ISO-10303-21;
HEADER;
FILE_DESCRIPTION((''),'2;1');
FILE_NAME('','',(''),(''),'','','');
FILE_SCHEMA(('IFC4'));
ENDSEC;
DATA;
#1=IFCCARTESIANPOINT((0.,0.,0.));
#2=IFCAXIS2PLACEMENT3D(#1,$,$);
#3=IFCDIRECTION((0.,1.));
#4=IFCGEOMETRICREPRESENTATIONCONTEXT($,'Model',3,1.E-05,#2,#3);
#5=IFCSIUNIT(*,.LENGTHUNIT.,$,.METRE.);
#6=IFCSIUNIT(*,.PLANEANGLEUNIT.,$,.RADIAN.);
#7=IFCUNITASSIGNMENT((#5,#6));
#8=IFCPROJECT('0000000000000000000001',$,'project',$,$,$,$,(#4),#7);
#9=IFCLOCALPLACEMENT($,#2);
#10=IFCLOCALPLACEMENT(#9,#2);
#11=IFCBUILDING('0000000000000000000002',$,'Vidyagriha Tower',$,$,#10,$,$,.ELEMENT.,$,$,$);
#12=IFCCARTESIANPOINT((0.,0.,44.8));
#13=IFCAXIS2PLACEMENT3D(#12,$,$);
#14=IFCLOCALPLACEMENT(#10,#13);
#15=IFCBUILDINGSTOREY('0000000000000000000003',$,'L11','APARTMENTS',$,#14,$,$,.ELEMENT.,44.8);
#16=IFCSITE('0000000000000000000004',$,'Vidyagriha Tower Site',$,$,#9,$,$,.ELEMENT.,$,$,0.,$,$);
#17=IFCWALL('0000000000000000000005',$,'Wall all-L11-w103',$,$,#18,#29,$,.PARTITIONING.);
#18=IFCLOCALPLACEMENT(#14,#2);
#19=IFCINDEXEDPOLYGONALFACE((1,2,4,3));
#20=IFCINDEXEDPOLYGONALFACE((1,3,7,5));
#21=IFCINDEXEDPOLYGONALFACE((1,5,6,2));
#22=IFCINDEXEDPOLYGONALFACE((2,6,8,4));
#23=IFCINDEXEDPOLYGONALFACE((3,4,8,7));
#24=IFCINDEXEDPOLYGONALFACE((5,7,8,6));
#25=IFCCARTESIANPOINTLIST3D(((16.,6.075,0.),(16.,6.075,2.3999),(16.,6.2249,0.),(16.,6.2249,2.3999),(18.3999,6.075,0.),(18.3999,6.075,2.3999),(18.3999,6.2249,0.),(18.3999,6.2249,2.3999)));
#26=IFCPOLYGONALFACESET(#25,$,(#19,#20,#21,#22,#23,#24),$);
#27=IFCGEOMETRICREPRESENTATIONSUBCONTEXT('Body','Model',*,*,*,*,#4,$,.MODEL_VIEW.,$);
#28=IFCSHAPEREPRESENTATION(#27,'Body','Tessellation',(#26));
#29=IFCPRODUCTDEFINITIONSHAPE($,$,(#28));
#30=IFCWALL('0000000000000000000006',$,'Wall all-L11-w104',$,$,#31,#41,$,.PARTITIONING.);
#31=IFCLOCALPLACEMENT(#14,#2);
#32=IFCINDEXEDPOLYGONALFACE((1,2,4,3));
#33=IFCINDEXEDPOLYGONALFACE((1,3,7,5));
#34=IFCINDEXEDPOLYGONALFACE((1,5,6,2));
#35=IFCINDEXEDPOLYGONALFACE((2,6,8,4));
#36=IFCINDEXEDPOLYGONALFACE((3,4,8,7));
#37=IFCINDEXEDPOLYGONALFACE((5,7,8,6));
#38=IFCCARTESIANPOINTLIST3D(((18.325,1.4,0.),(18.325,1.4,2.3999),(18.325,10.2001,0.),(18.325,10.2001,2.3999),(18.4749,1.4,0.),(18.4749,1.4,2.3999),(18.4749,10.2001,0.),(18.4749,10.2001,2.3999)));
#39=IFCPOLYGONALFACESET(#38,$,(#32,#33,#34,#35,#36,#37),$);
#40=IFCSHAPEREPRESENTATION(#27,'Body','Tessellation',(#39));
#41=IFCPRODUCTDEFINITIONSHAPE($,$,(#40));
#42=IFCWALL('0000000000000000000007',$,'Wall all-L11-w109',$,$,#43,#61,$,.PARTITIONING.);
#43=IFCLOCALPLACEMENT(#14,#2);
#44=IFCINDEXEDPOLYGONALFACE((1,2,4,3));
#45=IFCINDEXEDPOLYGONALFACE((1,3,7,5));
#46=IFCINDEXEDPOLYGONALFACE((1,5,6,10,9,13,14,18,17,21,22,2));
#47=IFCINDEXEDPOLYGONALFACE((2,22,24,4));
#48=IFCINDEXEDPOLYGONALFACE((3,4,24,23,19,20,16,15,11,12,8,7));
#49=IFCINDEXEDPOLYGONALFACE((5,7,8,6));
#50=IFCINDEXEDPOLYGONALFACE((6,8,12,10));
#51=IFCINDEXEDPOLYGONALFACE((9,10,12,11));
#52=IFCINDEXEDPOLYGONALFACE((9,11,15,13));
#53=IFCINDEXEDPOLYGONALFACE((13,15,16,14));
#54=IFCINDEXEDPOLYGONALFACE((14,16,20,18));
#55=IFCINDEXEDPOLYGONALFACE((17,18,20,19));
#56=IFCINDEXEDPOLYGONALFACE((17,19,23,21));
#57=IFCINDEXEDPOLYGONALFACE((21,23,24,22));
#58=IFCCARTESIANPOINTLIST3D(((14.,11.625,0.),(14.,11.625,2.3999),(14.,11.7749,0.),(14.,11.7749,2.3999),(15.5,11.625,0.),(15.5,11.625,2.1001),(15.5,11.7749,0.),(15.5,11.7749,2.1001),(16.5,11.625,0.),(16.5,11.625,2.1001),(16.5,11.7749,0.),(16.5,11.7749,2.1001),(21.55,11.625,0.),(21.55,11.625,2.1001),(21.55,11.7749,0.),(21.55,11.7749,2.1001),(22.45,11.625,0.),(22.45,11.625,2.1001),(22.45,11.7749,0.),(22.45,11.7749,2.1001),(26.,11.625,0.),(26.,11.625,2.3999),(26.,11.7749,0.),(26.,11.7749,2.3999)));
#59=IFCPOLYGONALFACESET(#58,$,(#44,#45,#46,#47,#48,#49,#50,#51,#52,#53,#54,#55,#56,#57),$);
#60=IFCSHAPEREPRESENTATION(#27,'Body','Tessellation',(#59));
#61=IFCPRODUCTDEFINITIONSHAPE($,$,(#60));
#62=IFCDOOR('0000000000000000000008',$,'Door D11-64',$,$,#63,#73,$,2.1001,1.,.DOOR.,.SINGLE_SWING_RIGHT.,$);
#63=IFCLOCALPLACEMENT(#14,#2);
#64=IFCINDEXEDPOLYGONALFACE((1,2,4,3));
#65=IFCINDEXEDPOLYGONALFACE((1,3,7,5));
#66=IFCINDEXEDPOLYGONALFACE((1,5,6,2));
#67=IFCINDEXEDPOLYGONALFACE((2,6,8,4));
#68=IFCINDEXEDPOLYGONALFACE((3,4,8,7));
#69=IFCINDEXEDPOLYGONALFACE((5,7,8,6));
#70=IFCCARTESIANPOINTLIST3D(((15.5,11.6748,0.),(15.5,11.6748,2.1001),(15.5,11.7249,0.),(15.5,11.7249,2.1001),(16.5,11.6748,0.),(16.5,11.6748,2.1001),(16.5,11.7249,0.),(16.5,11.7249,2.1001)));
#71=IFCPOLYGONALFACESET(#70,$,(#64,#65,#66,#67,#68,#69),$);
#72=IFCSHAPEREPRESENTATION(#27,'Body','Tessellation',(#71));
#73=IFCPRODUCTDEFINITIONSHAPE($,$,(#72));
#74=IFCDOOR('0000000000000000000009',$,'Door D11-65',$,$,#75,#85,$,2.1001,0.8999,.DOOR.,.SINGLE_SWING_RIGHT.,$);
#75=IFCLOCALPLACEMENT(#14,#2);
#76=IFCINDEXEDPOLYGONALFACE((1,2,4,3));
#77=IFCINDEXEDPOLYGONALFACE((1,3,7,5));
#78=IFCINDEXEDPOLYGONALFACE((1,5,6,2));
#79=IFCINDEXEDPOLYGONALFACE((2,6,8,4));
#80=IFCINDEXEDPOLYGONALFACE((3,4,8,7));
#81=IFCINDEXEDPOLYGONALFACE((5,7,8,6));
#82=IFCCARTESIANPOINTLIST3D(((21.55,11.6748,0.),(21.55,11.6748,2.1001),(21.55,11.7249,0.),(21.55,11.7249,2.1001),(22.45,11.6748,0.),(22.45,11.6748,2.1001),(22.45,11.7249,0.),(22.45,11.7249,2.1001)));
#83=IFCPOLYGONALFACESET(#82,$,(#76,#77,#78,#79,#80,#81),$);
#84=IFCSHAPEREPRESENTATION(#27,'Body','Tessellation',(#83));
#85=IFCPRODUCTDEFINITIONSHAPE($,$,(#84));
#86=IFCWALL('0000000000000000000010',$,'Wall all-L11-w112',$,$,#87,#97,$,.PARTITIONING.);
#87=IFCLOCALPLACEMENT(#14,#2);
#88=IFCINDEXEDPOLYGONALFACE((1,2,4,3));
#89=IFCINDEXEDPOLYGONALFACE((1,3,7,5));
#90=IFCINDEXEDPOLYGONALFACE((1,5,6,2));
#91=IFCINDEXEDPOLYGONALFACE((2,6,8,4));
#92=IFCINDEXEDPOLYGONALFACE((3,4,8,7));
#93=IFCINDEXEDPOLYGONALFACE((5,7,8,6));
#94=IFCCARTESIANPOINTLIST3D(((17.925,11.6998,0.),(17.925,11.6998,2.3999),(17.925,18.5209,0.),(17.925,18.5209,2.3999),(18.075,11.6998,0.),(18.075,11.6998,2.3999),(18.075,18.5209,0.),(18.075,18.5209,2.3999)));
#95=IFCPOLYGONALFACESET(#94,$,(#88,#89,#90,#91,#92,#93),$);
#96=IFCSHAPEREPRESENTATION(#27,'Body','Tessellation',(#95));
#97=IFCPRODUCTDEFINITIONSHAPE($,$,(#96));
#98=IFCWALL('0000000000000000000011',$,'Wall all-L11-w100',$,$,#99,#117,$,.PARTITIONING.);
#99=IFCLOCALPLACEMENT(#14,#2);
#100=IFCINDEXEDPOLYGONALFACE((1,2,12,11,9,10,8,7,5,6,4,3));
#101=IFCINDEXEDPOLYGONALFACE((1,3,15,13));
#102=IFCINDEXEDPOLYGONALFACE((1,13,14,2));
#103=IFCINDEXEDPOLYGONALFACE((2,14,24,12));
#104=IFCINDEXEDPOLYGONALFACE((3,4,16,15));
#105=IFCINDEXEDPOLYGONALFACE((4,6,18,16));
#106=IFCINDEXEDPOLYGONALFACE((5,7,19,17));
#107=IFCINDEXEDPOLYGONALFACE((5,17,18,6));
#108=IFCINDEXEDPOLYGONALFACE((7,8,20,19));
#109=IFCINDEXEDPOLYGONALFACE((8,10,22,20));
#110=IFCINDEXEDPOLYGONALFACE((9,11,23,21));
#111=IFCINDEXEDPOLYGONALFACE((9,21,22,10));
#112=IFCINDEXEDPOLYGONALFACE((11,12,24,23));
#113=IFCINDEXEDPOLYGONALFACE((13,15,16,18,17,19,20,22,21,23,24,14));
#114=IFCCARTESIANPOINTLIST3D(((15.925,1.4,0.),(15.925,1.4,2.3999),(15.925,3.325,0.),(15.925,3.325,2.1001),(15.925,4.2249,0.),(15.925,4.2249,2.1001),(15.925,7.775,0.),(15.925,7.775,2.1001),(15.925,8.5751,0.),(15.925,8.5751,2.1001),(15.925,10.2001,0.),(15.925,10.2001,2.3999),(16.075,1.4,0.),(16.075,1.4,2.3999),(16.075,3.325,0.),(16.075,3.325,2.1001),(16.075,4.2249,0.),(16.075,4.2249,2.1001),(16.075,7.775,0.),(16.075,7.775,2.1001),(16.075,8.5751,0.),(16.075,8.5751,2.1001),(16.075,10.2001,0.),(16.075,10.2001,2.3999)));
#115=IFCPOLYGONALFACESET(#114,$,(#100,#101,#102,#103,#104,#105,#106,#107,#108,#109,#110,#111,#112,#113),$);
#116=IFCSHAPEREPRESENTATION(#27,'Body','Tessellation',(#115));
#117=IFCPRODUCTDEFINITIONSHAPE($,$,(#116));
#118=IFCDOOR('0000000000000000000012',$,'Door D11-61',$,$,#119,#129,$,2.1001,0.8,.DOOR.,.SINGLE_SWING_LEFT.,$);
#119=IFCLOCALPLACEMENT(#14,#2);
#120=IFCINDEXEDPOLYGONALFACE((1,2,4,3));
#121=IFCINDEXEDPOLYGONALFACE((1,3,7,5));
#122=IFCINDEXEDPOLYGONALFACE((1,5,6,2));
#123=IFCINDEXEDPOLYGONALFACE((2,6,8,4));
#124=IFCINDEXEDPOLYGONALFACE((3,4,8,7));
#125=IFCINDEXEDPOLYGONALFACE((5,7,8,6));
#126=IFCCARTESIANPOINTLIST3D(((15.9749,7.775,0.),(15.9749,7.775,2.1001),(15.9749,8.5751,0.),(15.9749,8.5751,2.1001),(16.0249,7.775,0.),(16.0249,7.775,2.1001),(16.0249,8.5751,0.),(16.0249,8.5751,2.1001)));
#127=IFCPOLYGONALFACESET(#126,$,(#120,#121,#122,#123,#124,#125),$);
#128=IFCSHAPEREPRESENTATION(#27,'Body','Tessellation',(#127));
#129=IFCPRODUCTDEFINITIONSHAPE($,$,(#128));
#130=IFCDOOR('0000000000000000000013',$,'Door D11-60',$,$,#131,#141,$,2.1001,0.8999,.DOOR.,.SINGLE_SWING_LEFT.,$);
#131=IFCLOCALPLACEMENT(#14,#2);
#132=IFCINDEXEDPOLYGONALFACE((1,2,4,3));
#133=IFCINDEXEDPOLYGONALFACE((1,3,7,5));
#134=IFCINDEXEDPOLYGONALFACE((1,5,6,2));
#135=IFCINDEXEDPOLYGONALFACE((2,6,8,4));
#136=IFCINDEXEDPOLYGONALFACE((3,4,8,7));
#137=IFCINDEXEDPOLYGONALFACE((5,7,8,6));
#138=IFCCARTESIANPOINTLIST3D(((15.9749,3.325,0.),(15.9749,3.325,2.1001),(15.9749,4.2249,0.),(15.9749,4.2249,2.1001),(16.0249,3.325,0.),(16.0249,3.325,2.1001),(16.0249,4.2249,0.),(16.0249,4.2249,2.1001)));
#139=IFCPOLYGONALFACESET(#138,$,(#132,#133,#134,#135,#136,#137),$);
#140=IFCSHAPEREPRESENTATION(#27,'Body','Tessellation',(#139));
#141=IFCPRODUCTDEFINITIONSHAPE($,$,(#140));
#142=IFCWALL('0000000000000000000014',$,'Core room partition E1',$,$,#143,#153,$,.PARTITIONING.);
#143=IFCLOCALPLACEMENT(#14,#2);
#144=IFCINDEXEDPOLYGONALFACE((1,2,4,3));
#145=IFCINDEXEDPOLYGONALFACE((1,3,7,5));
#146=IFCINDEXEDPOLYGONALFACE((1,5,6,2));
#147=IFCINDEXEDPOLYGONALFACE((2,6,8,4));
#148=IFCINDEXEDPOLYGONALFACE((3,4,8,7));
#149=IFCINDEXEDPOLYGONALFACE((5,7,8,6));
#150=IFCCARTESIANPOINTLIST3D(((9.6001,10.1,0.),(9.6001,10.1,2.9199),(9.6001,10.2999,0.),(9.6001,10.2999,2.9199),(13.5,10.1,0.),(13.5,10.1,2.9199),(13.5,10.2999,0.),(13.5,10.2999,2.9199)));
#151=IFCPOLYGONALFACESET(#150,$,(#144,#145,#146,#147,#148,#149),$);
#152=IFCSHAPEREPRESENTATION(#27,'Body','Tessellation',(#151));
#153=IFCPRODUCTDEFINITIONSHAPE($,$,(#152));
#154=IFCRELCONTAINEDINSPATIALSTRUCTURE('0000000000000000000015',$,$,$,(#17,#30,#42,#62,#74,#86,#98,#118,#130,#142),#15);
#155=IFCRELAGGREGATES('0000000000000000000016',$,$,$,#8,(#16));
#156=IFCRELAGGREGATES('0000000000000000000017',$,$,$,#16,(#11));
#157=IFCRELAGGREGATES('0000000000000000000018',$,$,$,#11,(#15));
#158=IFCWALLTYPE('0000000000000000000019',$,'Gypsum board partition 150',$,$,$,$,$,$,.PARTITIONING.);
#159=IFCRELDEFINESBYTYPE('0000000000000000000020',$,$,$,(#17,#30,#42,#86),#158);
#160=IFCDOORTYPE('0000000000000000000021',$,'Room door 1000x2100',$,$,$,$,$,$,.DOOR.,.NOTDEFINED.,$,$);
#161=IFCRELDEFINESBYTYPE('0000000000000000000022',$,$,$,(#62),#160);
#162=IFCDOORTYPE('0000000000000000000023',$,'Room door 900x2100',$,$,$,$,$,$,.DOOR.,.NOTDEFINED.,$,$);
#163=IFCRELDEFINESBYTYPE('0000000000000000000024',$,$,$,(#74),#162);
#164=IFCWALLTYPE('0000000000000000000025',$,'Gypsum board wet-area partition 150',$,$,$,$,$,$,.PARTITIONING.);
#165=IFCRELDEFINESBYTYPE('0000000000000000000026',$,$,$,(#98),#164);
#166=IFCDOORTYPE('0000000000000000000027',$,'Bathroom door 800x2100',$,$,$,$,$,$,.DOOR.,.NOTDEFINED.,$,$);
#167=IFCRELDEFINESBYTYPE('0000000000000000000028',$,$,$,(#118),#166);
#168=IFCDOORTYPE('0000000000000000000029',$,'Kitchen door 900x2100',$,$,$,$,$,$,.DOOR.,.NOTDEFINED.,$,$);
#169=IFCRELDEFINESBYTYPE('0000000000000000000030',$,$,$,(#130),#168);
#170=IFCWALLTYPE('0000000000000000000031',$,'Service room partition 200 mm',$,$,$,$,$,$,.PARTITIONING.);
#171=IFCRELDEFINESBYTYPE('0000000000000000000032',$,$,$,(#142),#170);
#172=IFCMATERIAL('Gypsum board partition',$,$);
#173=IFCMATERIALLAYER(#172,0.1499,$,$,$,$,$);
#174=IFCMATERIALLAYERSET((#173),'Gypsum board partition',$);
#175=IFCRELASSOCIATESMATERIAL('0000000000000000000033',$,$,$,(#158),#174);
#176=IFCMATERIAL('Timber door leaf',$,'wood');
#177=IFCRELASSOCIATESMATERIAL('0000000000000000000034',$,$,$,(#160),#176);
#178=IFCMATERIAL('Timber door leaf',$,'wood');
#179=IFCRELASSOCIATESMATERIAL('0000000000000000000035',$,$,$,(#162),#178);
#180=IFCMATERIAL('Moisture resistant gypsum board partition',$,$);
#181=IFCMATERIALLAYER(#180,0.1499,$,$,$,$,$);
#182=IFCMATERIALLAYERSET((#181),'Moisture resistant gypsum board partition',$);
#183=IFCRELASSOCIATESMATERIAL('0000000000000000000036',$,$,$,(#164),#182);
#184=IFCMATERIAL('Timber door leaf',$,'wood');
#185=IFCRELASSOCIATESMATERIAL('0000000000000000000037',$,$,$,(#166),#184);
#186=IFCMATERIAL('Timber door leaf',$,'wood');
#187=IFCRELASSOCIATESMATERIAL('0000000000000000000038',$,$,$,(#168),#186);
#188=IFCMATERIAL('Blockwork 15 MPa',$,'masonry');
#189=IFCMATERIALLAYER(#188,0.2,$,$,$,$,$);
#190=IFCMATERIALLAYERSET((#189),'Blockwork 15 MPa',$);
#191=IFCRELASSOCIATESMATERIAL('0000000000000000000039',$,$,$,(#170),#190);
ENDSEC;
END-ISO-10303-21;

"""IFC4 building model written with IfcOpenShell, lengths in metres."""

from ifc_helpers import new_model, si_unit, direction, frame, frame_2d, origin, place, context, subcontext, project, spatial, rectangle, extrude, material, layer, layer_set, type_object, element, fill, save


model = new_model("IFC4")

# Units and contexts
model_context = context("Model", 3, precision=1e-05, world=origin(), true_north=direction((0.0, 1.0)))
body_context = subcontext(model_context, "Body", "Model", "MODEL_VIEW")
ifc_project = project(units=[si_unit("LENGTHUNIT", "METRE"), si_unit("PLANEANGLEUNIT", "RADIAN")], contexts=[model_context])

# Site, building, storey
site_placement = place(None, origin())
site = spatial("IfcSite", under=ifc_project, at=site_placement, Name="Vidyagriha Tower Site", CompositionType="ELEMENT", RefElevation=0.0)
building_placement = place(site_placement, origin())
building = spatial("IfcBuilding", under=site, at=building_placement, Name="Vidyagriha Tower", CompositionType="ELEMENT")
storey_placement = place(building_placement, frame((0.0, 0.0, 44.8)))
storey = spatial("IfcBuildingStorey", under=building, at=storey_placement, Name="L11", Description="APARTMENTS", CompositionType="ELEMENT", Elevation=44.8)

# Walls
ifc_material_1 = material(Name="Gypsum board partition")
ifc_layer_1 = layer(ifc_material_1, 0.1499)
ifc_layer_set_1 = layer_set([ifc_layer_1], Name="Gypsum board partition")
wall_type_1 = type_object("IfcWallType", Name="Gypsum board partition 150", PredefinedType="PARTITIONING", material=ifc_layer_set_1)
wall_1_placement = place(storey_placement, frame((16.0, 6.1499, 0.0)))
element("IfcWall", 1, at=wall_1_placement, inside=storey, type_object=wall_type_1, Name="Wall all-L11-w103", PredefinedType="PARTITIONING", context=body_context, shape_type="SweptSolid", body=[
    extrude(rectangle(XDim=2.3999, YDim=0.1499, at=frame_2d((1.2, 0.0))), origin(), (0.0, 0.0, 1.0), 2.3999),
])
wall_2_placement = place(storey_placement, frame((18.3999, 10.2, 0.0), z_axis=(0.0, 0.0, 1.0), x_axis=(0.0, -1.0, 0.0)))
element("IfcWall", 2, at=wall_2_placement, inside=storey, type_object=wall_type_1, Name="Wall all-L11-w104", PredefinedType="PARTITIONING", context=body_context, shape_type="SweptSolid", body=[
    extrude(rectangle(XDim=8.8, YDim=0.1499, at=frame_2d((4.3999, 0.0))), origin(), (0.0, 0.0, 1.0), 2.3999),
])

# Wall, openings, doors
wall_3_placement = place(storey_placement, frame((14.0, 11.7, 0.0)))
wall_3 = element("IfcWall", 3, at=wall_3_placement, inside=storey, type_object=wall_type_1, Name="Wall all-L11-w109", PredefinedType="PARTITIONING", context=body_context, shape_type="SweptSolid", body=[
    extrude(rectangle(XDim=12.0, YDim=0.1499, at=frame_2d((6.0, 0.0))), origin(), (0.0, 0.0, 1.0), 2.3999),
])
opening_1_placement = place(wall_3_placement, frame((1.5, 0.0, 0.0)))
opening_1 = element("IfcOpeningElement", 4, at=opening_1_placement, cuts=wall_3, PredefinedType="OPENING", context=body_context, shape_type="SweptSolid", body=[
    extrude(rectangle(XDim=1.0, YDim=2.1001, at=frame_2d((0.5, 1.05))), frame((0.0, 0.085, 0.0), z_axis=(0.0, -1.0, 0.0), x_axis=(1.0, 0.0, 0.0)), (0.0, 0.0, 1.0), 0.1699),
])
opening_2_placement = place(wall_3_placement, frame((7.55, 0.0, 0.0)))
opening_2 = element("IfcOpeningElement", 5, at=opening_2_placement, cuts=wall_3, PredefinedType="OPENING", context=body_context, shape_type="SweptSolid", body=[
    extrude(rectangle(XDim=0.8999, YDim=2.1001, at=frame_2d((0.45, 1.05))), frame((0.0, 0.085, 0.0), z_axis=(0.0, -1.0, 0.0), x_axis=(1.0, 0.0, 0.0)), (0.0, 0.0, 1.0), 0.1699),
])
ifc_material_2 = material(Name="Timber door leaf", Category="wood")
door_type_1 = type_object("IfcDoorType", Name="Room door 1000x2100", OperationType="NOTDEFINED", PredefinedType="DOOR", material=ifc_material_2)
door_1_placement = place(opening_1_placement, origin())
door_1 = element("IfcDoor", 6, at=door_1_placement, inside=storey, type_object=door_type_1, Name="Door D11-64", OperationType="SINGLE_SWING_RIGHT", OverallHeight=2.1001, OverallWidth=1.0, PredefinedType="DOOR", context=body_context, shape_type="SweptSolid", body=[
    extrude(rectangle(XDim=1.0, YDim=2.1001, at=frame_2d((0.5, 1.05))), frame((0.0, 0.0249, 0.0), z_axis=(0.0, -1.0, 0.0), x_axis=(1.0, 0.0, 0.0)), (0.0, 0.0, 1.0), 0.05),
])
fill(opening_1, door_1)
ifc_material_3 = material(Name="Timber door leaf", Category="wood")
door_type_2 = type_object("IfcDoorType", Name="Room door 900x2100", OperationType="NOTDEFINED", PredefinedType="DOOR", material=ifc_material_3)
door_2_placement = place(opening_2_placement, origin())
door_2 = element("IfcDoor", 7, at=door_2_placement, inside=storey, type_object=door_type_2, Name="Door D11-65", OperationType="SINGLE_SWING_RIGHT", OverallHeight=2.1001, OverallWidth=0.8999, PredefinedType="DOOR", context=body_context, shape_type="SweptSolid", body=[
    extrude(rectangle(XDim=0.8999, YDim=2.1001, at=frame_2d((0.45, 1.05))), frame((0.0, 0.0249, 0.0), z_axis=(0.0, -1.0, 0.0), x_axis=(1.0, 0.0, 0.0)), (0.0, 0.0, 1.0), 0.05),
])
fill(opening_2, door_2)

# Wall
wall_4_placement = place(storey_placement, frame((18.0, 18.521, 0.0), z_axis=(0.0, 0.0, 1.0), x_axis=(0.0, -1.0, 0.0)))
element("IfcWall", 8, at=wall_4_placement, inside=storey, type_object=wall_type_1, Name="Wall all-L11-w112", PredefinedType="PARTITIONING", context=body_context, shape_type="SweptSolid", body=[
    extrude(rectangle(XDim=6.821, YDim=0.1499, at=frame_2d((3.4106, 0.0))), origin(), (0.0, 0.0, 1.0), 2.3999),
])

# Wall, openings, doors
ifc_material_4 = material(Name="Moisture resistant gypsum board partition")
ifc_layer_2 = layer(ifc_material_4, 0.1499)
ifc_layer_set_2 = layer_set([ifc_layer_2], Name="Moisture resistant gypsum board partition")
wall_type_2 = type_object("IfcWallType", Name="Gypsum board wet-area partition 150", PredefinedType="PARTITIONING", material=ifc_layer_set_2)
wall_5_placement = place(storey_placement, frame((16.0, 10.2, 0.0), z_axis=(0.0, 0.0, 1.0), x_axis=(0.0, -1.0, 0.0)))
wall_5 = element("IfcWall", 9, at=wall_5_placement, inside=storey, type_object=wall_type_2, Name="Wall all-L11-w100", PredefinedType="PARTITIONING", context=body_context, shape_type="SweptSolid", body=[
    extrude(rectangle(XDim=8.8, YDim=0.1499, at=frame_2d((4.3999, 0.0))), origin(), (0.0, 0.0, 1.0), 2.3999),
])
opening_3_placement = place(wall_5_placement, frame((5.9751, 0.0, 0.0)))
opening_3 = element("IfcOpeningElement", 10, at=opening_3_placement, cuts=wall_5, PredefinedType="OPENING", context=body_context, shape_type="SweptSolid", body=[
    extrude(rectangle(XDim=0.8999, YDim=2.1001, at=frame_2d((0.45, 1.05))), frame((0.0, 0.085, 0.0), z_axis=(0.0, -1.0, 0.0), x_axis=(1.0, 0.0, 0.0)), (0.0, 0.0, 1.0), 0.1699),
])
opening_4_placement = place(wall_5_placement, frame((1.625, 0.0, 0.0)))
opening_4 = element("IfcOpeningElement", 11, at=opening_4_placement, cuts=wall_5, PredefinedType="OPENING", context=body_context, shape_type="SweptSolid", body=[
    extrude(rectangle(XDim=0.8, YDim=2.1001, at=frame_2d((0.3999, 1.05))), frame((0.0, 0.085, 0.0), z_axis=(0.0, -1.0, 0.0), x_axis=(1.0, 0.0, 0.0)), (0.0, 0.0, 1.0), 0.1699),
])
ifc_material_5 = material(Name="Timber door leaf", Category="wood")
door_type_3 = type_object("IfcDoorType", Name="Bathroom door 800x2100", OperationType="NOTDEFINED", PredefinedType="DOOR", material=ifc_material_5)
door_3_placement = place(opening_4_placement, origin())
door_3 = element("IfcDoor", 12, at=door_3_placement, inside=storey, type_object=door_type_3, Name="Door D11-61", OperationType="SINGLE_SWING_LEFT", OverallHeight=2.1001, OverallWidth=0.8, PredefinedType="DOOR", context=body_context, shape_type="SweptSolid", body=[
    extrude(rectangle(XDim=0.8, YDim=2.1001, at=frame_2d((0.3999, 1.05))), frame((0.0, 0.0249, 0.0), z_axis=(0.0, -1.0, 0.0), x_axis=(1.0, 0.0, 0.0)), (0.0, 0.0, 1.0), 0.05),
])
fill(opening_4, door_3)
ifc_material_6 = material(Name="Timber door leaf", Category="wood")
door_type_4 = type_object("IfcDoorType", Name="Kitchen door 900x2100", OperationType="NOTDEFINED", PredefinedType="DOOR", material=ifc_material_6)
door_4_placement = place(opening_3_placement, origin())
door_4 = element("IfcDoor", 13, at=door_4_placement, inside=storey, type_object=door_type_4, Name="Door D11-60", OperationType="SINGLE_SWING_LEFT", OverallHeight=2.1001, OverallWidth=0.8999, PredefinedType="DOOR", context=body_context, shape_type="SweptSolid", body=[
    extrude(rectangle(XDim=0.8999, YDim=2.1001, at=frame_2d((0.45, 1.05))), frame((0.0, 0.0249, 0.0), z_axis=(0.0, -1.0, 0.0), x_axis=(1.0, 0.0, 0.0)), (0.0, 0.0, 1.0), 0.05),
])
fill(opening_3, door_4)

# Wall
ifc_material_7 = material(Name="Blockwork 15 MPa", Category="masonry")
ifc_layer_3 = layer(ifc_material_7, 0.2)
ifc_layer_set_3 = layer_set([ifc_layer_3], Name="Blockwork 15 MPa")
wall_type_3 = type_object("IfcWallType", Name="Service room partition 200 mm", PredefinedType="PARTITIONING", material=ifc_layer_set_3)
wall_6_placement = place(storey_placement, frame((9.6001, 10.2, 0.0)))
element("IfcWall", 14, at=wall_6_placement, inside=storey, type_object=wall_type_3, Name="Core room partition E1", PredefinedType="PARTITIONING", context=body_context, shape_type="SweptSolid", body=[
    extrude(rectangle(XDim=3.8999, YDim=0.2, at=frame_2d((1.95, 0.0))), origin(), (0.0, 0.0, 1.0), 2.9199),
])

save(model, "model.ifc")
